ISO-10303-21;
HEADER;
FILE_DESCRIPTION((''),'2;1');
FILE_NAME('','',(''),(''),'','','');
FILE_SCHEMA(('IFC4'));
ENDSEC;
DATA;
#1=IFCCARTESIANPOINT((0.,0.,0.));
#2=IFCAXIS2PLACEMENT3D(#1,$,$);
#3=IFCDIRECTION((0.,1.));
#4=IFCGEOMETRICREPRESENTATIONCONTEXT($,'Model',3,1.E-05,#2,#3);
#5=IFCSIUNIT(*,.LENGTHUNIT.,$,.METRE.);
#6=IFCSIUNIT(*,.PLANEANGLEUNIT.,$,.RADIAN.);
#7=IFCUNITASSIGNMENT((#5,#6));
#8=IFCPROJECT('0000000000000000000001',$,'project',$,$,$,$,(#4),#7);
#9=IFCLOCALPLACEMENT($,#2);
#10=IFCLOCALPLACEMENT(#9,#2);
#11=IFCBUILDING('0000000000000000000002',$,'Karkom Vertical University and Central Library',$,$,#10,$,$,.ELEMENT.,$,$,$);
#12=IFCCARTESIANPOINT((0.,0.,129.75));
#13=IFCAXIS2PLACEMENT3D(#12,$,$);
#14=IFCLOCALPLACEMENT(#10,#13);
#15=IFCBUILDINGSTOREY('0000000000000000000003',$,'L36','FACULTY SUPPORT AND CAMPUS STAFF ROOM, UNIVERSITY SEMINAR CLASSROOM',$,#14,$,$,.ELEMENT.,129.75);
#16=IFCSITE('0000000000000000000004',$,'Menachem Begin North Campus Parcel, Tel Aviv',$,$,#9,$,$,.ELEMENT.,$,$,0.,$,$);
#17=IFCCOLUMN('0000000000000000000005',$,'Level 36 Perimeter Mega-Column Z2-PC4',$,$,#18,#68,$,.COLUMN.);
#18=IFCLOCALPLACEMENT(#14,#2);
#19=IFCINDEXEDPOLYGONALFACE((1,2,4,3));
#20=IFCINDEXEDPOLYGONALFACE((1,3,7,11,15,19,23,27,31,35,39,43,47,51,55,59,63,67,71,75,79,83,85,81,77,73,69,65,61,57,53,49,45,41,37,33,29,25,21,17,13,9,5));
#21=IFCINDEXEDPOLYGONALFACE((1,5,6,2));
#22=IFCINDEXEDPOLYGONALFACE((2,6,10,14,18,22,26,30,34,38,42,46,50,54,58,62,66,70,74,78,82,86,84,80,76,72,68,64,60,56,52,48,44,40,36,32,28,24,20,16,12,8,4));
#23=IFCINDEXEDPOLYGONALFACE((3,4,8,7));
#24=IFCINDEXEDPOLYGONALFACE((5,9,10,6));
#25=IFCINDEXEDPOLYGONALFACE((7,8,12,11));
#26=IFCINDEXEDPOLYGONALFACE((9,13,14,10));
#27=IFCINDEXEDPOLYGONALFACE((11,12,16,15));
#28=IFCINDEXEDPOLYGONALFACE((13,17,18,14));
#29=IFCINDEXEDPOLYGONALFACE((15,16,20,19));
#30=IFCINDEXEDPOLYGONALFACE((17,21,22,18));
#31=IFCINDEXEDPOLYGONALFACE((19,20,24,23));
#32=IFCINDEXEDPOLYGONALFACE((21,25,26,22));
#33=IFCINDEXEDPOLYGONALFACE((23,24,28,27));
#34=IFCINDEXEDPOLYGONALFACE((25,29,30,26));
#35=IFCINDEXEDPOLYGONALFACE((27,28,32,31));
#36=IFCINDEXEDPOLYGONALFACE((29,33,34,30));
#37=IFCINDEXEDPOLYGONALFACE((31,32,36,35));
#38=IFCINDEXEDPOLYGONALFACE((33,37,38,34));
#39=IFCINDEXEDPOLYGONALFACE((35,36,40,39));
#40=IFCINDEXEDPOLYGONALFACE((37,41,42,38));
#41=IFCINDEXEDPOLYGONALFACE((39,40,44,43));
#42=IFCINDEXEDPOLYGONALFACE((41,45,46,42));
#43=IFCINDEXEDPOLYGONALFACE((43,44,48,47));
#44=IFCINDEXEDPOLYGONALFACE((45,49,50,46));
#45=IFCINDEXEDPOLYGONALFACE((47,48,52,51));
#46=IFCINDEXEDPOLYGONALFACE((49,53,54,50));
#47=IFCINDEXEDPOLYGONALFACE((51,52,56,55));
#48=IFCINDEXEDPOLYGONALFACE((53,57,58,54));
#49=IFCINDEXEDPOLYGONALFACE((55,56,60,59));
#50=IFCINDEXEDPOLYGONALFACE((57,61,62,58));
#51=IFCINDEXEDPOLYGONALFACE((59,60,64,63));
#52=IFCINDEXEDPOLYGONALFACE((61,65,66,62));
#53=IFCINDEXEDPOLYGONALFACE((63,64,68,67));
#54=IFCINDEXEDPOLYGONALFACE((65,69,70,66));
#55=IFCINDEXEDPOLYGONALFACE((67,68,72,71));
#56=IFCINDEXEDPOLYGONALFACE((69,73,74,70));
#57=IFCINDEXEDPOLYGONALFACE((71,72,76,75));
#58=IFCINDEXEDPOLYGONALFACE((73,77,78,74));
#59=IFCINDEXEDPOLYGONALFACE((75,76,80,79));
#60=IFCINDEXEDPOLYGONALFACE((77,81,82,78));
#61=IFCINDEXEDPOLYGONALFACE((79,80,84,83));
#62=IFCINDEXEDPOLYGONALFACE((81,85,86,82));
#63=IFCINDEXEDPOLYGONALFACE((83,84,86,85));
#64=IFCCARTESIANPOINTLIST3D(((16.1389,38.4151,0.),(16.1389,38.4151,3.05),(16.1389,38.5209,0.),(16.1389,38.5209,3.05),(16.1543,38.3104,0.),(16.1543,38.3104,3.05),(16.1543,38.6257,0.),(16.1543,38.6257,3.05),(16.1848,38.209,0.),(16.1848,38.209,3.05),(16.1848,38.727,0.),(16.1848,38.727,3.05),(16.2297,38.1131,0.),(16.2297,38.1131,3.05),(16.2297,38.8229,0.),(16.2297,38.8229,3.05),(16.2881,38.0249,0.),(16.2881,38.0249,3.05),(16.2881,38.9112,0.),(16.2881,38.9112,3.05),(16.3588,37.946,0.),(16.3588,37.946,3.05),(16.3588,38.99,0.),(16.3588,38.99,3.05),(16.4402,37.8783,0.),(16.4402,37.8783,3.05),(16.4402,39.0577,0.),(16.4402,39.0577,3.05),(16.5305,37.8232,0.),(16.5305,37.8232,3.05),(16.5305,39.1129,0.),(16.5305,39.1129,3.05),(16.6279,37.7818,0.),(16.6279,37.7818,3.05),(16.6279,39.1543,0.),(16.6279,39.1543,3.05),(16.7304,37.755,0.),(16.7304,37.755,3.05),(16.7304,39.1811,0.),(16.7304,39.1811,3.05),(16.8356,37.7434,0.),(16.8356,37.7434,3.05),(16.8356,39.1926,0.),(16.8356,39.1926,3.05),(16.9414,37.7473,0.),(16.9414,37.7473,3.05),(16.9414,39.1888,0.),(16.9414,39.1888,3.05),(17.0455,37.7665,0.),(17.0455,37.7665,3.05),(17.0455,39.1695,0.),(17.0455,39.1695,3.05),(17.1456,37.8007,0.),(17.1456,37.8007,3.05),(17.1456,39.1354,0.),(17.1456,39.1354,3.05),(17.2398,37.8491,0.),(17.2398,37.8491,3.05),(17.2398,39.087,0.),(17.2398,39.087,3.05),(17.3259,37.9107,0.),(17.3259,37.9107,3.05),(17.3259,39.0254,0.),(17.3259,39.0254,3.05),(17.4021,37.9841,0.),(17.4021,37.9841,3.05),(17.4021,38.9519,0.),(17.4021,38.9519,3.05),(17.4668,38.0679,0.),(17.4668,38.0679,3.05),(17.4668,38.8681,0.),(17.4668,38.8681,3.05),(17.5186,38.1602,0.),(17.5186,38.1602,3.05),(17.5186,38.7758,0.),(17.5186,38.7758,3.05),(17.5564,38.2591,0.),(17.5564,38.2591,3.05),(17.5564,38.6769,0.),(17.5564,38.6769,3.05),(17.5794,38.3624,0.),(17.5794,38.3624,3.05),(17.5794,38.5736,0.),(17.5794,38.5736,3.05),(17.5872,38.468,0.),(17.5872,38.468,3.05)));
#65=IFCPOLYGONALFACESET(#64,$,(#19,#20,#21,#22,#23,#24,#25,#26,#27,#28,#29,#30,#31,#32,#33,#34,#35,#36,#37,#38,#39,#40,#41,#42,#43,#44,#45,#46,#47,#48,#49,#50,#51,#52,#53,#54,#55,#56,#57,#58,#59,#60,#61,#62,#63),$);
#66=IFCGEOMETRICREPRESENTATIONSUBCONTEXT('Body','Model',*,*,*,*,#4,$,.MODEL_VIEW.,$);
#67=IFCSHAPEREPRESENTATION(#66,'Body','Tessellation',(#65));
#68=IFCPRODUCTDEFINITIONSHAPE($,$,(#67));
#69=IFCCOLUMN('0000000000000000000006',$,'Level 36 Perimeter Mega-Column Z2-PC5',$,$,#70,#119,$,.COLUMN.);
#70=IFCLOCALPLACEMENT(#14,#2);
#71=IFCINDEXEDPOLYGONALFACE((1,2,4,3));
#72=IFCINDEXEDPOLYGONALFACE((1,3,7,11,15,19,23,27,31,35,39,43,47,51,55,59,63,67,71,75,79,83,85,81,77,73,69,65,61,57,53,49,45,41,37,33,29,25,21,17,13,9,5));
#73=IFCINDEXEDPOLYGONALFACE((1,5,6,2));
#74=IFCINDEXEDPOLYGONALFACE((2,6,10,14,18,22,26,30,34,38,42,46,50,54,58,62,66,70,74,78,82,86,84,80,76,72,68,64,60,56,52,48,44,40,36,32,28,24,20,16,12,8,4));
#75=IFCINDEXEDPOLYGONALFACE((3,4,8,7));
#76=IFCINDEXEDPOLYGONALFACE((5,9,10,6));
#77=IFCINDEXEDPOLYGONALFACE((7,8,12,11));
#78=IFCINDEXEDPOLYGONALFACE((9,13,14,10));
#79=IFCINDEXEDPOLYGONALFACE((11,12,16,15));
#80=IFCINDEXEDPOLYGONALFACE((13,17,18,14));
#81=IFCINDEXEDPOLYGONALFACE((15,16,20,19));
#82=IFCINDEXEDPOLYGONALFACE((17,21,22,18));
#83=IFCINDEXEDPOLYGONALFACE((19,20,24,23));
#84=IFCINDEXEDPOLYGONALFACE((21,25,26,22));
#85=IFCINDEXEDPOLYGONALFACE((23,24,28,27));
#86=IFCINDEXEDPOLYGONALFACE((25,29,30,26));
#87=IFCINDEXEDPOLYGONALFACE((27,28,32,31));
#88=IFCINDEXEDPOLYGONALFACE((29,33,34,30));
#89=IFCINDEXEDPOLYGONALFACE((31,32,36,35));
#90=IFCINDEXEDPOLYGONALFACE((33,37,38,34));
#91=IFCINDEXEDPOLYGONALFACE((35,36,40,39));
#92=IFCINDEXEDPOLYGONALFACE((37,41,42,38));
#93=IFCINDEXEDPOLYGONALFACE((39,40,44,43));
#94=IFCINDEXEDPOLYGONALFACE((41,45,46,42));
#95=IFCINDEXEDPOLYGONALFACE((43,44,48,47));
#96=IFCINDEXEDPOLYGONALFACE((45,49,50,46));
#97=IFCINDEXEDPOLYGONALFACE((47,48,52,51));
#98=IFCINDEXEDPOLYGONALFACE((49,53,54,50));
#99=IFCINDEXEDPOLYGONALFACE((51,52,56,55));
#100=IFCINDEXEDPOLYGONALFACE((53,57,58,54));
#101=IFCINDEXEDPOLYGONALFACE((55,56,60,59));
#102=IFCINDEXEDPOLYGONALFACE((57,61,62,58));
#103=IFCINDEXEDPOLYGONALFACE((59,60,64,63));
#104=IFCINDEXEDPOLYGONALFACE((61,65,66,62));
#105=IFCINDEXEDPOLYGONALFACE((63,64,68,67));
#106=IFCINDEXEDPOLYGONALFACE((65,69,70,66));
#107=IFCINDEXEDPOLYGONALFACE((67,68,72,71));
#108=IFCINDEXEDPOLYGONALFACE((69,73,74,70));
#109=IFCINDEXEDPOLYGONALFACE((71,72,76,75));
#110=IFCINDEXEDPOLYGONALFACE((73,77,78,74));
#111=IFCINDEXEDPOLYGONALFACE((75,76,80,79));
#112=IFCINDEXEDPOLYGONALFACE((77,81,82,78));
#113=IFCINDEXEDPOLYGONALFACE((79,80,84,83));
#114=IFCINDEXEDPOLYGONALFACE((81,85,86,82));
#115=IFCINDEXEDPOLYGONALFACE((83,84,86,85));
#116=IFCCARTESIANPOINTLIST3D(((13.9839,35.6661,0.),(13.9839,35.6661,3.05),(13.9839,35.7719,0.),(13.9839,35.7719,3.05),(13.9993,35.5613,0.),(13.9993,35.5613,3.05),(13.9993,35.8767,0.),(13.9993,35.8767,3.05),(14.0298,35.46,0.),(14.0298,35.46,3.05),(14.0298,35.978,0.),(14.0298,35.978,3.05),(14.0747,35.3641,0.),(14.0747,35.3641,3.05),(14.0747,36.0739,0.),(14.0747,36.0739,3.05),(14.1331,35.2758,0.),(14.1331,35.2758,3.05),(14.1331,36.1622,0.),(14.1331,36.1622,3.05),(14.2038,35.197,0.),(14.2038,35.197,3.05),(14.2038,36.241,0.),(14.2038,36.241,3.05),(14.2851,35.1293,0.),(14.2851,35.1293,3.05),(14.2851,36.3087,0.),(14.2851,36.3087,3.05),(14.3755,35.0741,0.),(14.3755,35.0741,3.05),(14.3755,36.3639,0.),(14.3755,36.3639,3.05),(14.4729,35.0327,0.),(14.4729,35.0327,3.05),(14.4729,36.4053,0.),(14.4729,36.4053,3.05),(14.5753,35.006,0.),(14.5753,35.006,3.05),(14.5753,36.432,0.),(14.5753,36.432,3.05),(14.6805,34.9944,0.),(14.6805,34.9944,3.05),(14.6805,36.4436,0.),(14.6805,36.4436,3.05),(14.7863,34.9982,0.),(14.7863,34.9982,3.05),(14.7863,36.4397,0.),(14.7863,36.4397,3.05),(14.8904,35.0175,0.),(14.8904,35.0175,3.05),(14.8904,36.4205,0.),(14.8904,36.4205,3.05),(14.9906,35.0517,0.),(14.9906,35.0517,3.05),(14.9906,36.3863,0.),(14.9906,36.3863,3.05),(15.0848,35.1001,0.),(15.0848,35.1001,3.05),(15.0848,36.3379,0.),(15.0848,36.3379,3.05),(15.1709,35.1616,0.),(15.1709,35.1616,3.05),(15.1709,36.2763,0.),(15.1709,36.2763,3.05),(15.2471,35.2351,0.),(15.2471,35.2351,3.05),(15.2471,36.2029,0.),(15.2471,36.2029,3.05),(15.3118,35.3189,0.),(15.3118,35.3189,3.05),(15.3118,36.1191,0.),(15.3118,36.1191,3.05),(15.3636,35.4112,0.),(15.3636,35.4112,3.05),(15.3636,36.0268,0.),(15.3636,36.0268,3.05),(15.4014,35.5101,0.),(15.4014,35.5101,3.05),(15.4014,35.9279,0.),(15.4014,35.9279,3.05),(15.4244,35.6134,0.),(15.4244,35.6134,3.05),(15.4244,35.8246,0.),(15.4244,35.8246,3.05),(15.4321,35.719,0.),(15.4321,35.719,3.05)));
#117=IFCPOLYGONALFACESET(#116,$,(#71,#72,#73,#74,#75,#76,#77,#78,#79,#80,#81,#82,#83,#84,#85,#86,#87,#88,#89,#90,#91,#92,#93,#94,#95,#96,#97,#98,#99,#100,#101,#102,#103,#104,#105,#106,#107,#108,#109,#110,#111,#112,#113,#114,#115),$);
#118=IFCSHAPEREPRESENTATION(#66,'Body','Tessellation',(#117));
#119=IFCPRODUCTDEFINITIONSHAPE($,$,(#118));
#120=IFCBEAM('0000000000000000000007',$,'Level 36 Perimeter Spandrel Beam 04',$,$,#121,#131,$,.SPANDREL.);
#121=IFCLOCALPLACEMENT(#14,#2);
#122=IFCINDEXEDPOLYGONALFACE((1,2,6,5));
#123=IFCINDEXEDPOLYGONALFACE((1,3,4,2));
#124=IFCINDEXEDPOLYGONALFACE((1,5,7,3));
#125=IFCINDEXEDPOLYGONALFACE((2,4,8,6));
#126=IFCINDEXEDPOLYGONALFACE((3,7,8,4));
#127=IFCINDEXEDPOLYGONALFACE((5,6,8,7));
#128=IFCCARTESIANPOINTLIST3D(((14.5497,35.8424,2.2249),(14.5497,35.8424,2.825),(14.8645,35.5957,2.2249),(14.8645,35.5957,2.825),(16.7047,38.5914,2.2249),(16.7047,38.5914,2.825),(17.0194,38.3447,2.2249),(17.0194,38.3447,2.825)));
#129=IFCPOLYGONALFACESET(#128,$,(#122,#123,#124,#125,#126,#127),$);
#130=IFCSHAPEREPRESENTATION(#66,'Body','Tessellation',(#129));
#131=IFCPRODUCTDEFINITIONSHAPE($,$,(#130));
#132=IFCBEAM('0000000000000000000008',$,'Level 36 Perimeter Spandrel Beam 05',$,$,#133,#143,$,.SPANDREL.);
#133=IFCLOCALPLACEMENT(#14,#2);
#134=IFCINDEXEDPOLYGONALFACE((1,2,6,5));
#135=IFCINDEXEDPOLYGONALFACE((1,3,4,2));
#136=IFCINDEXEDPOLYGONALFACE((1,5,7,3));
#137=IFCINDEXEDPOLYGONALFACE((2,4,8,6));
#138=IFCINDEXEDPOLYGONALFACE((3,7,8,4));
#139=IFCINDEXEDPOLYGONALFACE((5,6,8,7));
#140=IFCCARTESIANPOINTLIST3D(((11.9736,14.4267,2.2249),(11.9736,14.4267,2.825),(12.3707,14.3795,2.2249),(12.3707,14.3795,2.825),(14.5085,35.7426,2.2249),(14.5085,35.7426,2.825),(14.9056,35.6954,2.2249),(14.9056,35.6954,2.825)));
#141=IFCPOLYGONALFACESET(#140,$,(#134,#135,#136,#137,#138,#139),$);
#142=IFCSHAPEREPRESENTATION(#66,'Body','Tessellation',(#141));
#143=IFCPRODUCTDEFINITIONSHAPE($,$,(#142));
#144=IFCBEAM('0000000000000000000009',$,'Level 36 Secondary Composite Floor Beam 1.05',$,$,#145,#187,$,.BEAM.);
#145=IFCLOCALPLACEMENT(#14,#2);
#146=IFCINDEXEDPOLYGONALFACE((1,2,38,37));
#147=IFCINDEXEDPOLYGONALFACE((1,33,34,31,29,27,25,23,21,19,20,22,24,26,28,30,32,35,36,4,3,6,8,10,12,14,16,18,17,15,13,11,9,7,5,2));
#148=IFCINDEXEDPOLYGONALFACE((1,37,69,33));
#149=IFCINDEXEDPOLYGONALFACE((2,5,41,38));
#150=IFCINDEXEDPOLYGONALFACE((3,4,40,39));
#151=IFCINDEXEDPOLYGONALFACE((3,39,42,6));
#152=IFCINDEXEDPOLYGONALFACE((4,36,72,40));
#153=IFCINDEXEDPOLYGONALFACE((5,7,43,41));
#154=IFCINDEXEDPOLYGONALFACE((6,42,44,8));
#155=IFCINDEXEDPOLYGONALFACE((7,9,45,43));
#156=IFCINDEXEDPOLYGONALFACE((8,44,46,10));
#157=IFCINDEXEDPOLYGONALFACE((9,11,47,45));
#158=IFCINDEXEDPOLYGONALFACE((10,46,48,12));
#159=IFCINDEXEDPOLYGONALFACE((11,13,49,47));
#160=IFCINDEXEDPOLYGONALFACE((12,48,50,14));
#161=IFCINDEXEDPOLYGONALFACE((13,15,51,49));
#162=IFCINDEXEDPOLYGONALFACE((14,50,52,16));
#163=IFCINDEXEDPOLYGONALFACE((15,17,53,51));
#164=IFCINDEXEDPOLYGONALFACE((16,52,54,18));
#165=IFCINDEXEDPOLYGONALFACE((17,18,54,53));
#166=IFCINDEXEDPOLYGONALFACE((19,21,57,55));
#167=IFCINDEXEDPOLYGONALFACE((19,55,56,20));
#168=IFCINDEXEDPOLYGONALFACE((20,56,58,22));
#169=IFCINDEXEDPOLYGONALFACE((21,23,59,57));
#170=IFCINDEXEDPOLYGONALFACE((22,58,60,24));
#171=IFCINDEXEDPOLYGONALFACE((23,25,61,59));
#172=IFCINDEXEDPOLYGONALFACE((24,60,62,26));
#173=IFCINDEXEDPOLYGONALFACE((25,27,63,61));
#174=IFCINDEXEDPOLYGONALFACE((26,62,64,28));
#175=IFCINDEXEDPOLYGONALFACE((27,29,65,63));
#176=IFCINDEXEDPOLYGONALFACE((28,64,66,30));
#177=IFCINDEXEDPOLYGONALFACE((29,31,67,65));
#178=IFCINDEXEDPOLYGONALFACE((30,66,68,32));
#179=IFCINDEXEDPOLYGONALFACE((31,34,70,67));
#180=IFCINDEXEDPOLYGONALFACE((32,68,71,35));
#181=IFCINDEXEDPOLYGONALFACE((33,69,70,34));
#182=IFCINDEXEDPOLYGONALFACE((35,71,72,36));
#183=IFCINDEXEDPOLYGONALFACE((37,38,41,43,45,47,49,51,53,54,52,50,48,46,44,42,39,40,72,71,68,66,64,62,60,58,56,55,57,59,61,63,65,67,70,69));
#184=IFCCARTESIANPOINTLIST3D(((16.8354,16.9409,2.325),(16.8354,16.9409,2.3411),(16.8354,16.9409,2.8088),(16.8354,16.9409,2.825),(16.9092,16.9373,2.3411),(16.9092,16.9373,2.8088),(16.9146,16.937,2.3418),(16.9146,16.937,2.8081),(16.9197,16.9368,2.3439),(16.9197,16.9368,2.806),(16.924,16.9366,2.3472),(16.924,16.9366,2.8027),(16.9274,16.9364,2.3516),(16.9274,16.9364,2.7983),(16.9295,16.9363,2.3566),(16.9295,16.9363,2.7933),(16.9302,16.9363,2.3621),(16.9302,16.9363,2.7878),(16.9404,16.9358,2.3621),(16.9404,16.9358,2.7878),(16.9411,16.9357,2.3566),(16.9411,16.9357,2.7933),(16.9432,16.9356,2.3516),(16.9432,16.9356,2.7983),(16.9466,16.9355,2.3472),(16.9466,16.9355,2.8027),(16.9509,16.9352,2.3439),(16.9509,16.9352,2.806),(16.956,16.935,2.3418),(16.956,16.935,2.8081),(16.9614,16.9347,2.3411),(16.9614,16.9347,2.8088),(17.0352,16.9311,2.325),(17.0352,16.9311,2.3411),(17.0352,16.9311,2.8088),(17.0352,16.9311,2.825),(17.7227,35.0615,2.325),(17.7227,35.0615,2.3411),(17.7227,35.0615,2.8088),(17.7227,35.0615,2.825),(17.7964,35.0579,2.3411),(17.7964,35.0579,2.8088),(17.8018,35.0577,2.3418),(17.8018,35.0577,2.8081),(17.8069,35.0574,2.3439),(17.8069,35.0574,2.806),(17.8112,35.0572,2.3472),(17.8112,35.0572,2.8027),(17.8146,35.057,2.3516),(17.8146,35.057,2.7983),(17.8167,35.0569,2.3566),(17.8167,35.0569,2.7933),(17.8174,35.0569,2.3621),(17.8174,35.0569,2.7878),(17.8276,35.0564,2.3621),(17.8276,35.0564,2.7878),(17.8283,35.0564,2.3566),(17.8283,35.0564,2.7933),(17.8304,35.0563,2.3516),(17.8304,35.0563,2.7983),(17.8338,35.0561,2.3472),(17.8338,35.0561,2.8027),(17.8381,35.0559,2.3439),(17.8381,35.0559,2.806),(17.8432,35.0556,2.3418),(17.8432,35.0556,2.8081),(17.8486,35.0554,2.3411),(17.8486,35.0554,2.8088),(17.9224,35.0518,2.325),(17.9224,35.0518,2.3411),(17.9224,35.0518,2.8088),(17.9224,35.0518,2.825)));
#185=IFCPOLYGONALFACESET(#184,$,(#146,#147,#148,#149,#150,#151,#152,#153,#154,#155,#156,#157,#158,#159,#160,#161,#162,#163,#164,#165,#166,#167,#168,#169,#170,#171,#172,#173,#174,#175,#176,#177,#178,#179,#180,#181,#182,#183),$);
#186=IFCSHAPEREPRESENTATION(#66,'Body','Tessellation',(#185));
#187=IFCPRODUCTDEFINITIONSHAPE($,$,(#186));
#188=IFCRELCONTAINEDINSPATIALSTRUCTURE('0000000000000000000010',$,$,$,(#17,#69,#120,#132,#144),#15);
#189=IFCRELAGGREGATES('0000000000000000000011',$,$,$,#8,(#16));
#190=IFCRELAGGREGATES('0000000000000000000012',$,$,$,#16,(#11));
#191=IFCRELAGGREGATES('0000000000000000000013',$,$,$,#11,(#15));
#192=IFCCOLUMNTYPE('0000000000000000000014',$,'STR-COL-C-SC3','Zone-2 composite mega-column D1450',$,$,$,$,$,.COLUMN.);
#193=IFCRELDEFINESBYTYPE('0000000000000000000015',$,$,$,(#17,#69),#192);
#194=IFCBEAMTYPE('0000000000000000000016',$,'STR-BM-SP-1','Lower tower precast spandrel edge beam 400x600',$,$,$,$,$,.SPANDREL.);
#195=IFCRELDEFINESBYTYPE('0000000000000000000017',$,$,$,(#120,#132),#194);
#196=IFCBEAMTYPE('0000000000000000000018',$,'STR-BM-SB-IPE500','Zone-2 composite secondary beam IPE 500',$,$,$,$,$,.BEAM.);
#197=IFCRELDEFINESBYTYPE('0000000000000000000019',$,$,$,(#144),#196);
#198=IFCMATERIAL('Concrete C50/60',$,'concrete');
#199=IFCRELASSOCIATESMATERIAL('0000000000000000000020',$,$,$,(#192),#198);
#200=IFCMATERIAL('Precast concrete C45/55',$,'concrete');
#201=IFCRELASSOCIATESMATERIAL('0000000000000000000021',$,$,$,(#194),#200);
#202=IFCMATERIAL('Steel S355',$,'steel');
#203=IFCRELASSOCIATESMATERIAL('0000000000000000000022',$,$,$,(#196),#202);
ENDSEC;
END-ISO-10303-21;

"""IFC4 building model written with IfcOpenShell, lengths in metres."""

from ifc_helpers import new_model, si_unit, direction, frame, origin, origin_with_axes, origin_2d, place, context, subcontext, project, spatial, rectangle, circle, i_section, extrude, source, transform, mapped, material, material_profile, profile_set, type_object, element, save


model = new_model("IFC4")

# Units and contexts
model_context = context("Model", 3, precision=1e-05, world=origin(), true_north=direction((0.0, 1.0)))
body_context = subcontext(model_context, "Body", "Model", "MODEL_VIEW")
ifc_project = project(units=[si_unit("LENGTHUNIT", "METRE"), si_unit("PLANEANGLEUNIT", "RADIAN")], contexts=[model_context])

# Site, building, storey
site_placement = place(None, origin())
site = spatial("IfcSite", under=ifc_project, at=site_placement, Name="Menachem Begin North Campus Parcel, Tel Aviv", CompositionType="ELEMENT", RefElevation=0.0)
building_placement = place(site_placement, origin())
building = spatial("IfcBuilding", under=site, at=building_placement, Name="Karkom Vertical University and Central Library", CompositionType="ELEMENT")
storey_placement = place(building_placement, frame((0.0, 0.0, 129.75)))
storey = spatial("IfcBuildingStorey", under=building, at=storey_placement, Name="L36", Description="FACULTY SUPPORT AND CAMPUS STAFF ROOM, UNIVERSITY SEMINAR CLASSROOM", CompositionType="ELEMENT", Elevation=129.75)

# Columns
ifc_material_1 = material(Name="Concrete C50/60", Category="concrete")
ifc_material_profile_1 = material_profile(ifc_material_1, circle(Radius=0.7251, at=origin_2d()), Name="CFT-D1450")
ifc_profile_set_1 = profile_set([ifc_material_profile_1], Name="Concrete C50/60")
column_type = type_object("IfcColumnType", Name="STR-COL-C-SC3", Description="Zone-2 composite mega-column D1450", PredefinedType="COLUMN", material=ifc_profile_set_1)
shared_shape_1 = source(origin_with_axes(), body_context, "Body", "SweptSolid", [
    extrude(circle(Radius=0.7251, at=origin_2d()), origin(), (0.0, 0.0, 1.0), 3.05),
])
for number, where, z_axis, x_axis, name in (
    (1, (16.8621, 38.468, 0.0), (0.0, 0.0, 1.0), (1.0, 0.0, 0.0), "Level 36 Perimeter Mega-Column Z2-PC4"),
    (2, (14.707, 35.719, 0.0), (0.0, 0.0, 1.0), (1.0, 0.0, 0.0), "Level 36 Perimeter Mega-Column Z2-PC5"),
):
    element("IfcColumn", number, at=place(storey_placement, frame(where, z_axis=z_axis, x_axis=x_axis)), inside=storey, type_object=column_type, Name=name, PredefinedType="COLUMN", context=body_context, shape_type="MappedRepresentation", body=[
        mapped(shared_shape_1, transform((0.0, 0.0, 0.0), scale=1.0)),
    ])

# Beams
ifc_material_2 = material(Name="Precast concrete C45/55", Category="concrete")
ifc_material_profile_2 = material_profile(ifc_material_2, rectangle(XDim=0.3999, YDim=0.6001, at=origin_2d()), Name="SPB-400x600")
ifc_profile_set_2 = profile_set([ifc_material_profile_2], Name="Precast concrete C45/55")
beam_type_1 = type_object("IfcBeamType", Name="STR-BM-SP-1", Description="Lower tower precast spandrel edge beam 400x600", PredefinedType="SPANDREL", material=ifc_profile_set_2)
shared_shape_2 = source(origin_with_axes(), body_context, "Body", "SweptSolid", [
    extrude(rectangle(XDim=0.3999, YDim=0.6001, at=origin_2d()), origin(), (0.0, 0.0, 1.0), 3.4929),
])
beam_1_placement = place(storey_placement, frame((16.8621, 38.468, 2.5249), z_axis=(-0.616951, -0.787002, 0.0), x_axis=(0.787002, -0.616951, 0.0)))
element("IfcBeam", 3, at=beam_1_placement, inside=storey, type_object=beam_type_1, Name="Level 36 Perimeter Spandrel Beam 04", PredefinedType="SPANDREL", context=body_context, shape_type="MappedRepresentation", body=[
    mapped(shared_shape_2, transform((0.0, 0.0, 0.0), scale=1.0)),
])
shared_shape_3 = source(origin_with_axes(), body_context, "Body", "SweptSolid", [
    extrude(rectangle(XDim=0.3999, YDim=0.6001, at=origin_2d()), origin(), (0.0, 0.0, 1.0), 21.4661),
])
beam_2_placement = place(storey_placement, frame((14.707, 35.719, 2.5249), z_axis=(-0.118089, -0.993003, 0.0), x_axis=(0.993003, -0.118089, 0.0)))
element("IfcBeam", 4, at=beam_2_placement, inside=storey, type_object=beam_type_1, Name="Level 36 Perimeter Spandrel Beam 05", PredefinedType="SPANDREL", context=body_context, shape_type="MappedRepresentation", body=[
    mapped(shared_shape_3, transform((0.0, 0.0, 0.0), scale=1.0)),
])
ifc_material_3 = material(Name="Steel S355", Category="steel")
ifc_material_profile_3 = material_profile(ifc_material_3, i_section(OverallWidth=0.2, OverallDepth=0.5, WebThickness=0.0103, FlangeThickness=0.0161, FilletRadius=0.021, at=origin_2d()), Name="IPE 500")
ifc_profile_set_3 = profile_set([ifc_material_profile_3], Name="Steel S355")
beam_type_2 = type_object("IfcBeamType", Name="STR-BM-SB-IPE500", Description="Zone-2 composite secondary beam IPE 500", PredefinedType="BEAM", material=ifc_profile_set_3)
shared_shape_4 = source(origin_with_axes(), body_context, "Body", "SweptSolid", [
    extrude(i_section(OverallWidth=0.2, OverallDepth=0.5, WebThickness=0.0103, FlangeThickness=0.0161, FilletRadius=0.021, at=origin_2d()), origin(), (0.0, 0.0, 1.0), 18.1423),
])
beam_3_placement = place(storey_placement, frame((17.8225, 35.0566, 2.575), z_axis=(-0.048903, -0.998804, 0.0), x_axis=(0.998804, -0.048903, 0.0)))
element("IfcBeam", 5, at=beam_3_placement, inside=storey, type_object=beam_type_2, Name="Level 36 Secondary Composite Floor Beam 1.05", PredefinedType="BEAM", context=body_context, shape_type="MappedRepresentation", body=[
    mapped(shared_shape_4, transform((0.0, 0.0, 0.0), scale=1.0)),
])

save(model, "model.ifc")
